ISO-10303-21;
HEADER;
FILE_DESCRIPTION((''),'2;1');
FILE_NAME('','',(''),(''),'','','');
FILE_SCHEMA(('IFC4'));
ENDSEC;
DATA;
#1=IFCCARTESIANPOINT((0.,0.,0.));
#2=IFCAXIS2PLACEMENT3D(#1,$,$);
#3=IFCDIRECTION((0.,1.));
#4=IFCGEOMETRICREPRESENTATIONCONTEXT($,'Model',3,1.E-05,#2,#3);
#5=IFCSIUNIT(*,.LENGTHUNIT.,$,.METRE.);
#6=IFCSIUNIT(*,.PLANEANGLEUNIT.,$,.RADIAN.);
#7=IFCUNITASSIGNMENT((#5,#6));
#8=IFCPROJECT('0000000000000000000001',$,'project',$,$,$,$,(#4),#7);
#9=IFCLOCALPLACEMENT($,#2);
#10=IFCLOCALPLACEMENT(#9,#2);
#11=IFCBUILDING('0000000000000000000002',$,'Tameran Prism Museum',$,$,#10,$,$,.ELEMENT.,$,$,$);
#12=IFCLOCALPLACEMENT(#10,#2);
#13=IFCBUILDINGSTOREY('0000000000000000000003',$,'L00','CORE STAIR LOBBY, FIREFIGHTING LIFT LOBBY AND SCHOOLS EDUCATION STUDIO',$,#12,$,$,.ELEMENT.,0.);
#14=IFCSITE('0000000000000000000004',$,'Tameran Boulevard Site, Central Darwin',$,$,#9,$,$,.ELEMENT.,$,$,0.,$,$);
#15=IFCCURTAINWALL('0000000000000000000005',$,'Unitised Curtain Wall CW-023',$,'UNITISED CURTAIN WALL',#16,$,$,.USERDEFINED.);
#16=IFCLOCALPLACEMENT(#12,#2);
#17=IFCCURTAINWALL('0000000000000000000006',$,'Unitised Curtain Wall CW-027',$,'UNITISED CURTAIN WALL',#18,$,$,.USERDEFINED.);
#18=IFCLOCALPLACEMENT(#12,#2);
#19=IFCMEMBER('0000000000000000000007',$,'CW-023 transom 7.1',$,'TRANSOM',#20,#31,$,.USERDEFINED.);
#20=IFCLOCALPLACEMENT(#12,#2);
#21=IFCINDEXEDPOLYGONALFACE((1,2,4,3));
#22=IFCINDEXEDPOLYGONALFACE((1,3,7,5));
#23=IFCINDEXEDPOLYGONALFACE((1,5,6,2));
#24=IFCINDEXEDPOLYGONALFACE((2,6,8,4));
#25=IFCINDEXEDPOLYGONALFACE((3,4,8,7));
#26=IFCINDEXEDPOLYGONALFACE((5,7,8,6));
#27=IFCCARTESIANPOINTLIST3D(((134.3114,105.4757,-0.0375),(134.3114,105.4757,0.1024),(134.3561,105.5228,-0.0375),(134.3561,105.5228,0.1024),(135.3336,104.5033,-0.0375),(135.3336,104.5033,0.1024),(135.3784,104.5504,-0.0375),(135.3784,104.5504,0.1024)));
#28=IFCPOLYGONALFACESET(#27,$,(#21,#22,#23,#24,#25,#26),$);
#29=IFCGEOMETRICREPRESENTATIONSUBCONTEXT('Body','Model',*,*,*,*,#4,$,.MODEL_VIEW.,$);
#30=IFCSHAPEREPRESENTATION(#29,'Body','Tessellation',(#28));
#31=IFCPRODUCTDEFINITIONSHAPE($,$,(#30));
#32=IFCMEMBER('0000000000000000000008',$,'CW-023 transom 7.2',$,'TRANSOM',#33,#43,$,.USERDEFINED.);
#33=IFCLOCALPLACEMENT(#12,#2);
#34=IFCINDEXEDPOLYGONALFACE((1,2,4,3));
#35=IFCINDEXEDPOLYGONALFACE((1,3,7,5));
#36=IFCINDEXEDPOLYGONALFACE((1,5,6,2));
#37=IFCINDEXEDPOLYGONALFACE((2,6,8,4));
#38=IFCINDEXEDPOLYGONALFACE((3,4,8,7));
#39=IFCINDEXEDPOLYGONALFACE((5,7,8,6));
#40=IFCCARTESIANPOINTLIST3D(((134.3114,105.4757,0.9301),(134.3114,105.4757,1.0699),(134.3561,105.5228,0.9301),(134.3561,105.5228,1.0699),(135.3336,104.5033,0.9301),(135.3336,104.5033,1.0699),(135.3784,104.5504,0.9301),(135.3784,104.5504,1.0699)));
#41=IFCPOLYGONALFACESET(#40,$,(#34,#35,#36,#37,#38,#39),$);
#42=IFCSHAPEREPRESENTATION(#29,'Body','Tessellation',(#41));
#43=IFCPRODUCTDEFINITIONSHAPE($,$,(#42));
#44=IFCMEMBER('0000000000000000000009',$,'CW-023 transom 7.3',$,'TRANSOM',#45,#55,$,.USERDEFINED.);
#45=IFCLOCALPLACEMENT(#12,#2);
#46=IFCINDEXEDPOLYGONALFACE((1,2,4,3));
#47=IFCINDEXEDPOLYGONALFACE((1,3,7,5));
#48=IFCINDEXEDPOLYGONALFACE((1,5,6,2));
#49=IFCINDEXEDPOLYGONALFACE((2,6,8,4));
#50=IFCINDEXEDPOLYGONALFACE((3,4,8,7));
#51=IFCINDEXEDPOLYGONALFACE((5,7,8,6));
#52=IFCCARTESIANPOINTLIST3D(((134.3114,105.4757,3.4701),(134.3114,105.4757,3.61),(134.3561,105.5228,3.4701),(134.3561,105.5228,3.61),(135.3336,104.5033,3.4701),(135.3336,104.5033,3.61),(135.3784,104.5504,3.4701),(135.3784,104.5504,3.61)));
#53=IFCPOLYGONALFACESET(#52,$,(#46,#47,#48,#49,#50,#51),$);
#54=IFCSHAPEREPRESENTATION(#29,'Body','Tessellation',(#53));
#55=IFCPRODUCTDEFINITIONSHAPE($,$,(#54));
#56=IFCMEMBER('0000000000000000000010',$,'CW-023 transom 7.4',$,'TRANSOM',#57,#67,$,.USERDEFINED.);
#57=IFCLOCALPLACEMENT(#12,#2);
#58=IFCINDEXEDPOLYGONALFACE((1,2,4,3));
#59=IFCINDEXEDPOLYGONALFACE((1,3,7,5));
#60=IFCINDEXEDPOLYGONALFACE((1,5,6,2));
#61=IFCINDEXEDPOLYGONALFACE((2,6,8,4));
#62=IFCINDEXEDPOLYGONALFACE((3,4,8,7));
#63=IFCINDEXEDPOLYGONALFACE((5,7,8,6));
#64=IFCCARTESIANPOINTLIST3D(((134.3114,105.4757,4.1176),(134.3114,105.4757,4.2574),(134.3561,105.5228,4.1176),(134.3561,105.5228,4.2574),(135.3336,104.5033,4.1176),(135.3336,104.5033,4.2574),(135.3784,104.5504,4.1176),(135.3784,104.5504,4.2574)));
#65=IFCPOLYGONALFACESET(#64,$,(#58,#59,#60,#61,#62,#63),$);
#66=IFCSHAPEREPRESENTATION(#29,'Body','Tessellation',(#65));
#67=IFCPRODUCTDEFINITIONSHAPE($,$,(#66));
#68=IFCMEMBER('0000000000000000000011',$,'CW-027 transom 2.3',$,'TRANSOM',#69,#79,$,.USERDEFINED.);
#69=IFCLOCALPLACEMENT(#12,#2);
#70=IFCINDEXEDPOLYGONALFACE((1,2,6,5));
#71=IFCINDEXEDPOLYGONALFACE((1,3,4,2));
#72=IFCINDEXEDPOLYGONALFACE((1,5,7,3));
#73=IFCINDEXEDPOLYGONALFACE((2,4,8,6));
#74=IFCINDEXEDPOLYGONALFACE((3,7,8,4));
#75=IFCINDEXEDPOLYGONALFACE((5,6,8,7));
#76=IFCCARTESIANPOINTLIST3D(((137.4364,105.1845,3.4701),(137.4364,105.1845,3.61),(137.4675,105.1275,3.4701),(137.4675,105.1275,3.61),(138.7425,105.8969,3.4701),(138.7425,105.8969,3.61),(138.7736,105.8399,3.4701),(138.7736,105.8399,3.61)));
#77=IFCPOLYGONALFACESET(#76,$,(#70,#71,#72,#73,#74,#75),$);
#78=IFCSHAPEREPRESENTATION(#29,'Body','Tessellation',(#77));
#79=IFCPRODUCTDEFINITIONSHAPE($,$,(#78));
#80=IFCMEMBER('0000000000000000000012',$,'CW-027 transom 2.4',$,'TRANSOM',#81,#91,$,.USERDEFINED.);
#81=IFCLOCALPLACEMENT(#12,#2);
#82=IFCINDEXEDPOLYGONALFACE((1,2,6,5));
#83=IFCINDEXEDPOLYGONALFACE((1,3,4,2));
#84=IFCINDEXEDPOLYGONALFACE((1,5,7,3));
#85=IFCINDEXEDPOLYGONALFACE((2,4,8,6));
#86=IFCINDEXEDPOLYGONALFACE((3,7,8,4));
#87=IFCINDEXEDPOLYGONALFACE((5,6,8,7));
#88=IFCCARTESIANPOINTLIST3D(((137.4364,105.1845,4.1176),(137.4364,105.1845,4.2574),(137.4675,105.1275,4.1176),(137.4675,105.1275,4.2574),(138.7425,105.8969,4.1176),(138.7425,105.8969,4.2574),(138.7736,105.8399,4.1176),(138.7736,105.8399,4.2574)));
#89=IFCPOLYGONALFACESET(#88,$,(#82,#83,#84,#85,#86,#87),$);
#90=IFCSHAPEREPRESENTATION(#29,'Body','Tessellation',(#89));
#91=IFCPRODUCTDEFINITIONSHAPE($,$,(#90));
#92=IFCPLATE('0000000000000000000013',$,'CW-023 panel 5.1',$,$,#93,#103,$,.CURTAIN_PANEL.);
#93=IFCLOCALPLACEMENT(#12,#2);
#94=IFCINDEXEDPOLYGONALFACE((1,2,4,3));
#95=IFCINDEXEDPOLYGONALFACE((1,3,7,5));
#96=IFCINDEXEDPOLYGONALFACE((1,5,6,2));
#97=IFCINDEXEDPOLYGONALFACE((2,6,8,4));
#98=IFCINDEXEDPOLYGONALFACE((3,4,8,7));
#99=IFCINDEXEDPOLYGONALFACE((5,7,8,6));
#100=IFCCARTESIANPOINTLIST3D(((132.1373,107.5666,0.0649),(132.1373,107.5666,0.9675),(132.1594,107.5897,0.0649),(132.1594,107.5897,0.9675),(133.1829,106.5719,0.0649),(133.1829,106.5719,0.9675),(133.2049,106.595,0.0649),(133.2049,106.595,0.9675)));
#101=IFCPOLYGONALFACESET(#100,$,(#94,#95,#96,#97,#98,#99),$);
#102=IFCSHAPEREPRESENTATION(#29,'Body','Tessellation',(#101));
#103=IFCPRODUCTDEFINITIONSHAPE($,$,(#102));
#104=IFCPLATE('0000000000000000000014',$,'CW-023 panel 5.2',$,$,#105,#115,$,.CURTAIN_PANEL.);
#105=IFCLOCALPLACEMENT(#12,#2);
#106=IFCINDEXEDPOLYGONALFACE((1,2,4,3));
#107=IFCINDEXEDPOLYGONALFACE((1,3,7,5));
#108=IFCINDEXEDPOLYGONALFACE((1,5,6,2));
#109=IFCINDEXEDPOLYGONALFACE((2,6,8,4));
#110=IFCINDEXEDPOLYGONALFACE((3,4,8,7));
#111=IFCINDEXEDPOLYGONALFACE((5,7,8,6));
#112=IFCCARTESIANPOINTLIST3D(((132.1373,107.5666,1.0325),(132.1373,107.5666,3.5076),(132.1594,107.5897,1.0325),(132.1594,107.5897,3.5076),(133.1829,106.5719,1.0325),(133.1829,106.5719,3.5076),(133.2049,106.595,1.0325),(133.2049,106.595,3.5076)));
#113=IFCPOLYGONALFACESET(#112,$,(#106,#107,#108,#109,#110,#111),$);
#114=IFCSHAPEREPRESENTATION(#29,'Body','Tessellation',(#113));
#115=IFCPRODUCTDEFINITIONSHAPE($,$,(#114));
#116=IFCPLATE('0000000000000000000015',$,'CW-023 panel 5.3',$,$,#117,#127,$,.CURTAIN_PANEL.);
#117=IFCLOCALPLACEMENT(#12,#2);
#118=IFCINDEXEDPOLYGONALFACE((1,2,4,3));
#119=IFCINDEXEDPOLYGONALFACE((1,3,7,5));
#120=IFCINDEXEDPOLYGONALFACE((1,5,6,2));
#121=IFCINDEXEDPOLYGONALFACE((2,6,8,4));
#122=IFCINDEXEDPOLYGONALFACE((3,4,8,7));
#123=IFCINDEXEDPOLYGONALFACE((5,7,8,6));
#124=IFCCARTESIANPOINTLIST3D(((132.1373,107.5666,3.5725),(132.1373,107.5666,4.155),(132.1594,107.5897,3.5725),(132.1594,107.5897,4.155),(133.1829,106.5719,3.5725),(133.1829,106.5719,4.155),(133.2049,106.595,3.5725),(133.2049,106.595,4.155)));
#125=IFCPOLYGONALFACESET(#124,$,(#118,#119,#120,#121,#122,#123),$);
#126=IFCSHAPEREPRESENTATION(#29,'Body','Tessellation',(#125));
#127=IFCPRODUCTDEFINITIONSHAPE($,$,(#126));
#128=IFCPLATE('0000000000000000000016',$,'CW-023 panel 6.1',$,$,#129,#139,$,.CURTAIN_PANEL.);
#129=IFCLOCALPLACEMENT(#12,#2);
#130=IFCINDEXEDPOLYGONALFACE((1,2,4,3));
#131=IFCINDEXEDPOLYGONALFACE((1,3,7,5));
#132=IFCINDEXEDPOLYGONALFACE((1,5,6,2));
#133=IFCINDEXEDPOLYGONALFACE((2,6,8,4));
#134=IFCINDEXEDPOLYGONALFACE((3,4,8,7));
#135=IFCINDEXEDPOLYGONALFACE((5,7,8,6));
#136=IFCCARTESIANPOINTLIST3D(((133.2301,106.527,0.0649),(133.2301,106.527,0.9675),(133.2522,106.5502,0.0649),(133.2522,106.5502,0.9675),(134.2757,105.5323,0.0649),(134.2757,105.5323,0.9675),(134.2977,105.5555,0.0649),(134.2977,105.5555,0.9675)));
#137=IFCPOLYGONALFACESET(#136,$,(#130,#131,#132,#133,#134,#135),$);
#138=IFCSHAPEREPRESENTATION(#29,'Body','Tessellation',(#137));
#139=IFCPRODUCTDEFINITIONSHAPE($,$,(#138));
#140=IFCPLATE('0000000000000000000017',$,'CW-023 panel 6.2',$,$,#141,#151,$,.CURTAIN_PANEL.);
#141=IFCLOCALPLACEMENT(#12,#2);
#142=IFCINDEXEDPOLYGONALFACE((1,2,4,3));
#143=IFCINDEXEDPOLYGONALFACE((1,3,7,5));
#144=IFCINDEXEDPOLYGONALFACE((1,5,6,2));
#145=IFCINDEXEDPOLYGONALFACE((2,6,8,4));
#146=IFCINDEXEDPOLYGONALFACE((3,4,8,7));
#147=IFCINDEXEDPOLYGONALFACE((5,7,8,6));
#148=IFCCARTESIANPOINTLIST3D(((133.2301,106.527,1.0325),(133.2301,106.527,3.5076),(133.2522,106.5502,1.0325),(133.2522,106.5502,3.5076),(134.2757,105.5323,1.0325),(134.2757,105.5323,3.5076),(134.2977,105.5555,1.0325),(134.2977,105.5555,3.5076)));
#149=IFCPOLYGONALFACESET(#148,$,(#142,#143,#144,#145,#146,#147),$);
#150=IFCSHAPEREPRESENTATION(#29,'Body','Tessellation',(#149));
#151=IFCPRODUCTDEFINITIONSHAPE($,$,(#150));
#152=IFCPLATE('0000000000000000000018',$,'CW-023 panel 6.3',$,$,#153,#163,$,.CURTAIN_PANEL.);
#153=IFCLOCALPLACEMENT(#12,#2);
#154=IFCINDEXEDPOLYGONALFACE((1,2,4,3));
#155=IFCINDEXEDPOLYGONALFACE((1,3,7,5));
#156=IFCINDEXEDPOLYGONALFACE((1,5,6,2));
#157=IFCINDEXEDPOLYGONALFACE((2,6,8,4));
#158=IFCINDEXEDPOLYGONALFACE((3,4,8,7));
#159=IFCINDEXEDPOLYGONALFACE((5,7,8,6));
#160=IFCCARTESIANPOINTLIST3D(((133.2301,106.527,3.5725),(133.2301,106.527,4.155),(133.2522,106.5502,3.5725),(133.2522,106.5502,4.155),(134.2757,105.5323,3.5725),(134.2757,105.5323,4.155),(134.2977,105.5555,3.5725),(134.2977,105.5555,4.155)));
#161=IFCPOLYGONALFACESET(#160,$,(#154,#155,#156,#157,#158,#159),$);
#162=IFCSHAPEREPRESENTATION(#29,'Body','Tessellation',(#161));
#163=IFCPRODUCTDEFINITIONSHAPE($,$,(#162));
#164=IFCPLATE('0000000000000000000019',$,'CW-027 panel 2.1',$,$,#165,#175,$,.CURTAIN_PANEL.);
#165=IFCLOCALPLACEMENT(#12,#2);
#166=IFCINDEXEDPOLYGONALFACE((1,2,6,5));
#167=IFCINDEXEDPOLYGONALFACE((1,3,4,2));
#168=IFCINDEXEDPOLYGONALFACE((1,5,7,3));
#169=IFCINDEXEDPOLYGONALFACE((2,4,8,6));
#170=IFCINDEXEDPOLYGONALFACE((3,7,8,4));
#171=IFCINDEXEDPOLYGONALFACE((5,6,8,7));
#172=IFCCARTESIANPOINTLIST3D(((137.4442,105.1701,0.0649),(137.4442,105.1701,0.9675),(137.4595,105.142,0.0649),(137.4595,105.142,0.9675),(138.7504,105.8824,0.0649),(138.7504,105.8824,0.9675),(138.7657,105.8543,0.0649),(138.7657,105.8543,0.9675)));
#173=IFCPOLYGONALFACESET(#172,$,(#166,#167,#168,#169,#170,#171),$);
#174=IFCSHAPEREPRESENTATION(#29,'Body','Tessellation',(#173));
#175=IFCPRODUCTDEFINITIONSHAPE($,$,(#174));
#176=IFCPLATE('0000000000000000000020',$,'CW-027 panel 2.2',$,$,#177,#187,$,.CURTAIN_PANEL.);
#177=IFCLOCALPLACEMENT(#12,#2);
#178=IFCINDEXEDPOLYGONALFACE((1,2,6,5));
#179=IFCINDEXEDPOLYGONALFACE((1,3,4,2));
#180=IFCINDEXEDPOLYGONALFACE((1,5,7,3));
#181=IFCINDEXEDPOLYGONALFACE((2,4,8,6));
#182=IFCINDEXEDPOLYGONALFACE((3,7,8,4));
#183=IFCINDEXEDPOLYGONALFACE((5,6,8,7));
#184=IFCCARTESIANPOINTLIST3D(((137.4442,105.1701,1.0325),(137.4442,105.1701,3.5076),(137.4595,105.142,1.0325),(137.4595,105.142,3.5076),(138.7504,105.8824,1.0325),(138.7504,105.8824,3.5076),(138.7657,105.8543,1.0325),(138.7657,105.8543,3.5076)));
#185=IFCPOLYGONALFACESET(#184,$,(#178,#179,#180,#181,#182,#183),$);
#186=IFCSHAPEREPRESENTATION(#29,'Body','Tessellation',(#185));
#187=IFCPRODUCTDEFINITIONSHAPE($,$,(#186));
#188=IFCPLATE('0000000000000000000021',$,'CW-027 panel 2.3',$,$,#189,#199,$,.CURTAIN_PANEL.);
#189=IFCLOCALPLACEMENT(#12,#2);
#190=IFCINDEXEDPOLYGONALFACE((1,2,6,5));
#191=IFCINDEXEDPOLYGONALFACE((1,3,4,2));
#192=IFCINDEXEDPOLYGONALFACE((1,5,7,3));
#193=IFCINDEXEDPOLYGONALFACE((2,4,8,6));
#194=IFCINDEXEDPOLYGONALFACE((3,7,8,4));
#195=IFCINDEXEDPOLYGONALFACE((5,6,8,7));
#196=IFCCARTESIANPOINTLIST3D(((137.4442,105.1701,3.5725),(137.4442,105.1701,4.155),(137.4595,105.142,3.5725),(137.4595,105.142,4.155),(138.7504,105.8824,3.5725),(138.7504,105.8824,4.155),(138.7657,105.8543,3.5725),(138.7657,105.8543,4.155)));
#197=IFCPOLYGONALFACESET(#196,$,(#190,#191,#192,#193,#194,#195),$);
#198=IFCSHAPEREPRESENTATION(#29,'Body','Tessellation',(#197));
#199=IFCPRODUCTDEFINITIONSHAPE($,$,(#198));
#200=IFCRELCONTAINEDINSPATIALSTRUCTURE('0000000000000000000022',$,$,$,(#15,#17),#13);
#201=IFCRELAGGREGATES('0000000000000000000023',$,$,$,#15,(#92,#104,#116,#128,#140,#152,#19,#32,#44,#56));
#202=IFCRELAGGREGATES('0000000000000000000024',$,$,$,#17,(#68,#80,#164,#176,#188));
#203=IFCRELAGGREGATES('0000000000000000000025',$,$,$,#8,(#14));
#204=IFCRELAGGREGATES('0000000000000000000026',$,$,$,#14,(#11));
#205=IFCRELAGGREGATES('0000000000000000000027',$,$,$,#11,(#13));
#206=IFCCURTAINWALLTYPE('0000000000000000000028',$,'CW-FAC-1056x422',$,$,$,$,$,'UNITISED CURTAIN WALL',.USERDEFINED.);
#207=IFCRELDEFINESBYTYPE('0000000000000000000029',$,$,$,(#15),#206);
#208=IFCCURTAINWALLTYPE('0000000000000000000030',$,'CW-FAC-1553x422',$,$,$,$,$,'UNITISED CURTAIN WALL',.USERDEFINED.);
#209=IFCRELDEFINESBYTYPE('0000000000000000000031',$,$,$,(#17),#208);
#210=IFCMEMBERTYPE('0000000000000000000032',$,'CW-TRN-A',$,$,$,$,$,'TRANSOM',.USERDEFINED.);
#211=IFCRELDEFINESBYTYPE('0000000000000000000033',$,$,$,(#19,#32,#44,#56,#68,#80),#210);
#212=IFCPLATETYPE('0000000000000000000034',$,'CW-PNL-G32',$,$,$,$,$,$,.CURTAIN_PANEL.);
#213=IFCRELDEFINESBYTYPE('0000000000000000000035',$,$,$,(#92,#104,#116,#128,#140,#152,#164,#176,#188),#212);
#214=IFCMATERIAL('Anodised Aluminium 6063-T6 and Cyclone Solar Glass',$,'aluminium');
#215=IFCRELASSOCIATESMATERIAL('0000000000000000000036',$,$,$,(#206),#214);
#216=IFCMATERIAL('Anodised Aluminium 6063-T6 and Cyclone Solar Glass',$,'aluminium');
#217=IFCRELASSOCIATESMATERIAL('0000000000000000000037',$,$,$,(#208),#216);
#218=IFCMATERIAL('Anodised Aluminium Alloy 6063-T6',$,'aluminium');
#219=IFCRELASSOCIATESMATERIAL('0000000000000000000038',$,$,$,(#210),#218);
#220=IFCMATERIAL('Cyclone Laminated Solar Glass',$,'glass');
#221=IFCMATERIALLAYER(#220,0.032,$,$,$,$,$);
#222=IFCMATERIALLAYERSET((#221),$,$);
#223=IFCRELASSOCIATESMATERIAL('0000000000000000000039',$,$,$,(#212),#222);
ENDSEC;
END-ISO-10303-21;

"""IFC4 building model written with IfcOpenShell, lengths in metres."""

from ifc_helpers import new_model, si_unit, direction, frame, origin, origin_2d, place, context, subcontext, project, spatial, rectangle, extrude, material, layer, layer_set, material_profile, profile_set, type_object, element, aggregate, save


model = new_model("IFC4")

# Units and contexts
model_context = context("Model", 3, precision=1e-05, world=origin(), true_north=direction((0.0, 1.0)))
body_context = subcontext(model_context, "Body", "Model", "MODEL_VIEW")
ifc_project = project(units=[si_unit("LENGTHUNIT", "METRE"), si_unit("PLANEANGLEUNIT", "RADIAN")], contexts=[model_context])

# Site, building, storey
site_placement = place(None, origin())
site = spatial("IfcSite", under=ifc_project, at=site_placement, Name="Tameran Boulevard Site, Central Darwin", CompositionType="ELEMENT", RefElevation=0.0)
building_placement = place(site_placement, origin())
building = spatial("IfcBuilding", under=site, at=building_placement, Name="Tameran Prism Museum", CompositionType="ELEMENT")
storey_placement = place(building_placement, origin())
storey = spatial("IfcBuildingStorey", under=building, at=storey_placement, Name="L00", Description="CORE STAIR LOBBY, FIREFIGHTING LIFT LOBBY AND SCHOOLS EDUCATION STUDIO", CompositionType="ELEMENT", Elevation=0.0)

# Curtain wall
ifc_material_1 = material(Name="Anodised Aluminium 6063-T6 and Cyclone Solar Glass", Category="aluminium")
curtain_wall_type_1 = type_object("IfcCurtainWallType", Name="CW-FAC-1056x422", ElementType="UNITISED CURTAIN WALL", PredefinedType="USERDEFINED", material=ifc_material_1)
curtain_wall_1_placement = place(storey_placement, origin())
curtain_wall_1 = element("IfcCurtainWall", 1, at=curtain_wall_1_placement, inside=storey, type_object=curtain_wall_type_1, Name="Unitised Curtain Wall CW-023", ObjectType="UNITISED CURTAIN WALL", PredefinedType="USERDEFINED")

# Curtain wall
ifc_material_2 = material(Name="Anodised Aluminium 6063-T6 and Cyclone Solar Glass", Category="aluminium")
curtain_wall_type_2 = type_object("IfcCurtainWallType", Name="CW-FAC-1553x422", ElementType="UNITISED CURTAIN WALL", PredefinedType="USERDEFINED", material=ifc_material_2)
curtain_wall_2_placement = place(storey_placement, origin())
curtain_wall_2 = element("IfcCurtainWall", 2, at=curtain_wall_2_placement, inside=storey, type_object=curtain_wall_type_2, Name="Unitised Curtain Wall CW-027", ObjectType="UNITISED CURTAIN WALL", PredefinedType="USERDEFINED")

# Members
ifc_material_3 = material(Name="Anodised Aluminium Alloy 6063-T6", Category="aluminium")
ifc_material_profile_1 = material_profile(ifc_material_3, rectangle(XDim=0.0649, YDim=0.1399, at=origin_2d()))
ifc_profile_set_1 = profile_set([ifc_material_profile_1])
member_type_1 = type_object("IfcMemberType", Name="CW-TRN-A", ElementType="TRANSOM", PredefinedType="USERDEFINED", material=ifc_profile_set_1)
member_1_placement = place(storey_placement, frame((134.3337, 105.4993, 0.0325), z_axis=(0.724537, -0.689236, 0.0), x_axis=(0.689236, 0.724537, 0.0)))
member_1 = element("IfcMember", 3, at=member_1_placement, type_object=member_type_1, Name="CW-023 transom 7.1", ObjectType="TRANSOM", PredefinedType="USERDEFINED", context=body_context, shape_type="SweptSolid", body=[
    extrude(rectangle(XDim=0.0649, YDim=0.1399, at=origin_2d()), origin(), (0.0, 0.0, 1.0), 1.4109),
])
member_2_placement = place(storey_placement, frame((134.3337, 105.4993, 1.0), z_axis=(0.724537, -0.689236, 0.0), x_axis=(0.689236, 0.724537, 0.0)))
member_2 = element("IfcMember", 4, at=member_2_placement, type_object=member_type_1, Name="CW-023 transom 7.2", ObjectType="TRANSOM", PredefinedType="USERDEFINED", context=body_context, shape_type="SweptSolid", body=[
    extrude(rectangle(XDim=0.0649, YDim=0.1399, at=origin_2d()), origin(), (0.0, 0.0, 1.0), 1.4109),
])
member_3_placement = place(storey_placement, frame((134.3337, 105.4993, 3.54), z_axis=(0.724537, -0.689236, 0.0), x_axis=(0.689236, 0.724537, 0.0)))
member_3 = element("IfcMember", 5, at=member_3_placement, type_object=member_type_1, Name="CW-023 transom 7.3", ObjectType="TRANSOM", PredefinedType="USERDEFINED", context=body_context, shape_type="SweptSolid", body=[
    extrude(rectangle(XDim=0.0649, YDim=0.1399, at=origin_2d()), origin(), (0.0, 0.0, 1.0), 1.4109),
])
member_4_placement = place(storey_placement, frame((134.3337, 105.4993, 4.1875), z_axis=(0.724537, -0.689236, 0.0), x_axis=(0.689236, 0.724537, 0.0)))
member_4 = element("IfcMember", 6, at=member_4_placement, type_object=member_type_1, Name="CW-023 transom 7.4", ObjectType="TRANSOM", PredefinedType="USERDEFINED", context=body_context, shape_type="SweptSolid", body=[
    extrude(rectangle(XDim=0.0649, YDim=0.1399, at=origin_2d()), origin(), (0.0, 0.0, 1.0), 1.4109),
])
member_5_placement = place(storey_placement, frame((137.4519, 105.156, 3.54), z_axis=(0.877908, 0.478829, 0.0), x_axis=(-0.478829, 0.877908, 0.0)))
member_5 = element("IfcMember", 7, at=member_5_placement, type_object=member_type_1, Name="CW-027 transom 2.3", ObjectType="TRANSOM", PredefinedType="USERDEFINED", context=body_context, shape_type="SweptSolid", body=[
    extrude(rectangle(XDim=0.0649, YDim=0.1399, at=origin_2d()), origin(), (0.0, 0.0, 1.0), 1.4878),
])
member_6_placement = place(storey_placement, frame((137.4519, 105.156, 4.1875), z_axis=(0.877908, 0.478829, 0.0), x_axis=(-0.478829, 0.877908, 0.0)))
member_6 = element("IfcMember", 8, at=member_6_placement, type_object=member_type_1, Name="CW-027 transom 2.4", ObjectType="TRANSOM", PredefinedType="USERDEFINED", context=body_context, shape_type="SweptSolid", body=[
    extrude(rectangle(XDim=0.0649, YDim=0.1399, at=origin_2d()), origin(), (0.0, 0.0, 1.0), 1.4878),
])

# Plates
ifc_material_4 = material(Name="Cyclone Laminated Solar Glass", Category="glass")
ifc_layer = layer(ifc_material_4, 0.032)
ifc_layer_set = layer_set([ifc_layer])
plate_type = type_object("IfcPlateType", Name="CW-PNL-G32", PredefinedType="CURTAIN_PANEL", material=ifc_layer_set)
plate_1_placement = place(storey_placement, frame((132.6711, 107.0808, 0.0649), z_axis=(0.0, 0.0, 1.0), x_axis=(0.724505, -0.68927, 0.0)))
plate_1 = element("IfcPlate", 9, at=plate_1_placement, type_object=plate_type, Name="CW-023 panel 5.1", PredefinedType="CURTAIN_PANEL", context=body_context, shape_type="SweptSolid", body=[
    extrude(rectangle(XDim=1.4431, YDim=0.032, at=origin_2d()), origin(), (0.0, 0.0, 1.0), 0.9026),
])
plate_2_placement = place(storey_placement, frame((132.6711, 107.0808, 1.0325), z_axis=(0.0, 0.0, 1.0), x_axis=(0.724505, -0.68927, 0.0)))
plate_2 = element("IfcPlate", 10, at=plate_2_placement, type_object=plate_type, Name="CW-023 panel 5.2", PredefinedType="CURTAIN_PANEL", context=body_context, shape_type="SweptSolid", body=[
    extrude(rectangle(XDim=1.4431, YDim=0.032, at=origin_2d()), origin(), (0.0, 0.0, 1.0), 2.4751),
])
plate_3_placement = place(storey_placement, frame((132.6711, 107.0808, 3.5725), z_axis=(0.0, 0.0, 1.0), x_axis=(0.724505, -0.68927, 0.0)))
plate_3 = element("IfcPlate", 11, at=plate_3_placement, type_object=plate_type, Name="CW-023 panel 5.3", PredefinedType="CURTAIN_PANEL", context=body_context, shape_type="SweptSolid", body=[
    extrude(rectangle(XDim=1.4431, YDim=0.032, at=origin_2d()), origin(), (0.0, 0.0, 1.0), 0.5825),
])
plate_4_placement = place(storey_placement, frame((133.7639, 106.0413, 0.0649), z_axis=(0.0, 0.0, 1.0), x_axis=(0.724505, -0.68927, 0.0)))
plate_4 = element("IfcPlate", 12, at=plate_4_placement, type_object=plate_type, Name="CW-023 panel 6.1", PredefinedType="CURTAIN_PANEL", context=body_context, shape_type="SweptSolid", body=[
    extrude(rectangle(XDim=1.4431, YDim=0.032, at=origin_2d()), origin(), (0.0, 0.0, 1.0), 0.9026),
])
plate_5_placement = place(storey_placement, frame((133.7639, 106.0413, 1.0325), z_axis=(0.0, 0.0, 1.0), x_axis=(0.724505, -0.68927, 0.0)))
plate_5 = element("IfcPlate", 13, at=plate_5_placement, type_object=plate_type, Name="CW-023 panel 6.2", PredefinedType="CURTAIN_PANEL", context=body_context, shape_type="SweptSolid", body=[
    extrude(rectangle(XDim=1.4431, YDim=0.032, at=origin_2d()), origin(), (0.0, 0.0, 1.0), 2.4751),
])
plate_6_placement = place(storey_placement, frame((133.7639, 106.0413, 3.5725), z_axis=(0.0, 0.0, 1.0), x_axis=(0.724505, -0.68927, 0.0)))
plate_6 = element("IfcPlate", 14, at=plate_6_placement, type_object=plate_type, Name="CW-023 panel 6.3", PredefinedType="CURTAIN_PANEL", context=body_context, shape_type="SweptSolid", body=[
    extrude(rectangle(XDim=1.4431, YDim=0.032, at=origin_2d()), origin(), (0.0, 0.0, 1.0), 0.5825),
])
aggregate(curtain_wall_1, [plate_1, plate_2, plate_3, plate_4, plate_5, plate_6, member_1, member_2, member_3, member_4])
plate_7_placement = place(storey_placement, frame((138.105, 105.5122, 0.0649), z_axis=(0.0, 0.0, 1.0), x_axis=(0.877928, 0.478793, 0.0)))
plate_7 = element("IfcPlate", 15, at=plate_7_placement, type_object=plate_type, Name="CW-027 panel 2.1", PredefinedType="CURTAIN_PANEL", context=body_context, shape_type="SweptSolid", body=[
    extrude(rectangle(XDim=1.4878, YDim=0.032, at=origin_2d()), origin(), (0.0, 0.0, 1.0), 0.9026),
])
plate_8_placement = place(storey_placement, frame((138.105, 105.5122, 1.0325), z_axis=(0.0, 0.0, 1.0), x_axis=(0.877928, 0.478793, 0.0)))
plate_8 = element("IfcPlate", 16, at=plate_8_placement, type_object=plate_type, Name="CW-027 panel 2.2", PredefinedType="CURTAIN_PANEL", context=body_context, shape_type="SweptSolid", body=[
    extrude(rectangle(XDim=1.4878, YDim=0.032, at=origin_2d()), origin(), (0.0, 0.0, 1.0), 2.4751),
])
plate_9_placement = place(storey_placement, frame((138.105, 105.5122, 3.5725), z_axis=(0.0, 0.0, 1.0), x_axis=(0.877928, 0.478793, 0.0)))
plate_9 = element("IfcPlate", 17, at=plate_9_placement, type_object=plate_type, Name="CW-027 panel 2.3", PredefinedType="CURTAIN_PANEL", context=body_context, shape_type="SweptSolid", body=[
    extrude(rectangle(XDim=1.4878, YDim=0.032, at=origin_2d()), origin(), (0.0, 0.0, 1.0), 0.5825),
])
aggregate(curtain_wall_2, [member_5, member_6, plate_7, plate_8, plate_9])

save(model, "model.ifc")
